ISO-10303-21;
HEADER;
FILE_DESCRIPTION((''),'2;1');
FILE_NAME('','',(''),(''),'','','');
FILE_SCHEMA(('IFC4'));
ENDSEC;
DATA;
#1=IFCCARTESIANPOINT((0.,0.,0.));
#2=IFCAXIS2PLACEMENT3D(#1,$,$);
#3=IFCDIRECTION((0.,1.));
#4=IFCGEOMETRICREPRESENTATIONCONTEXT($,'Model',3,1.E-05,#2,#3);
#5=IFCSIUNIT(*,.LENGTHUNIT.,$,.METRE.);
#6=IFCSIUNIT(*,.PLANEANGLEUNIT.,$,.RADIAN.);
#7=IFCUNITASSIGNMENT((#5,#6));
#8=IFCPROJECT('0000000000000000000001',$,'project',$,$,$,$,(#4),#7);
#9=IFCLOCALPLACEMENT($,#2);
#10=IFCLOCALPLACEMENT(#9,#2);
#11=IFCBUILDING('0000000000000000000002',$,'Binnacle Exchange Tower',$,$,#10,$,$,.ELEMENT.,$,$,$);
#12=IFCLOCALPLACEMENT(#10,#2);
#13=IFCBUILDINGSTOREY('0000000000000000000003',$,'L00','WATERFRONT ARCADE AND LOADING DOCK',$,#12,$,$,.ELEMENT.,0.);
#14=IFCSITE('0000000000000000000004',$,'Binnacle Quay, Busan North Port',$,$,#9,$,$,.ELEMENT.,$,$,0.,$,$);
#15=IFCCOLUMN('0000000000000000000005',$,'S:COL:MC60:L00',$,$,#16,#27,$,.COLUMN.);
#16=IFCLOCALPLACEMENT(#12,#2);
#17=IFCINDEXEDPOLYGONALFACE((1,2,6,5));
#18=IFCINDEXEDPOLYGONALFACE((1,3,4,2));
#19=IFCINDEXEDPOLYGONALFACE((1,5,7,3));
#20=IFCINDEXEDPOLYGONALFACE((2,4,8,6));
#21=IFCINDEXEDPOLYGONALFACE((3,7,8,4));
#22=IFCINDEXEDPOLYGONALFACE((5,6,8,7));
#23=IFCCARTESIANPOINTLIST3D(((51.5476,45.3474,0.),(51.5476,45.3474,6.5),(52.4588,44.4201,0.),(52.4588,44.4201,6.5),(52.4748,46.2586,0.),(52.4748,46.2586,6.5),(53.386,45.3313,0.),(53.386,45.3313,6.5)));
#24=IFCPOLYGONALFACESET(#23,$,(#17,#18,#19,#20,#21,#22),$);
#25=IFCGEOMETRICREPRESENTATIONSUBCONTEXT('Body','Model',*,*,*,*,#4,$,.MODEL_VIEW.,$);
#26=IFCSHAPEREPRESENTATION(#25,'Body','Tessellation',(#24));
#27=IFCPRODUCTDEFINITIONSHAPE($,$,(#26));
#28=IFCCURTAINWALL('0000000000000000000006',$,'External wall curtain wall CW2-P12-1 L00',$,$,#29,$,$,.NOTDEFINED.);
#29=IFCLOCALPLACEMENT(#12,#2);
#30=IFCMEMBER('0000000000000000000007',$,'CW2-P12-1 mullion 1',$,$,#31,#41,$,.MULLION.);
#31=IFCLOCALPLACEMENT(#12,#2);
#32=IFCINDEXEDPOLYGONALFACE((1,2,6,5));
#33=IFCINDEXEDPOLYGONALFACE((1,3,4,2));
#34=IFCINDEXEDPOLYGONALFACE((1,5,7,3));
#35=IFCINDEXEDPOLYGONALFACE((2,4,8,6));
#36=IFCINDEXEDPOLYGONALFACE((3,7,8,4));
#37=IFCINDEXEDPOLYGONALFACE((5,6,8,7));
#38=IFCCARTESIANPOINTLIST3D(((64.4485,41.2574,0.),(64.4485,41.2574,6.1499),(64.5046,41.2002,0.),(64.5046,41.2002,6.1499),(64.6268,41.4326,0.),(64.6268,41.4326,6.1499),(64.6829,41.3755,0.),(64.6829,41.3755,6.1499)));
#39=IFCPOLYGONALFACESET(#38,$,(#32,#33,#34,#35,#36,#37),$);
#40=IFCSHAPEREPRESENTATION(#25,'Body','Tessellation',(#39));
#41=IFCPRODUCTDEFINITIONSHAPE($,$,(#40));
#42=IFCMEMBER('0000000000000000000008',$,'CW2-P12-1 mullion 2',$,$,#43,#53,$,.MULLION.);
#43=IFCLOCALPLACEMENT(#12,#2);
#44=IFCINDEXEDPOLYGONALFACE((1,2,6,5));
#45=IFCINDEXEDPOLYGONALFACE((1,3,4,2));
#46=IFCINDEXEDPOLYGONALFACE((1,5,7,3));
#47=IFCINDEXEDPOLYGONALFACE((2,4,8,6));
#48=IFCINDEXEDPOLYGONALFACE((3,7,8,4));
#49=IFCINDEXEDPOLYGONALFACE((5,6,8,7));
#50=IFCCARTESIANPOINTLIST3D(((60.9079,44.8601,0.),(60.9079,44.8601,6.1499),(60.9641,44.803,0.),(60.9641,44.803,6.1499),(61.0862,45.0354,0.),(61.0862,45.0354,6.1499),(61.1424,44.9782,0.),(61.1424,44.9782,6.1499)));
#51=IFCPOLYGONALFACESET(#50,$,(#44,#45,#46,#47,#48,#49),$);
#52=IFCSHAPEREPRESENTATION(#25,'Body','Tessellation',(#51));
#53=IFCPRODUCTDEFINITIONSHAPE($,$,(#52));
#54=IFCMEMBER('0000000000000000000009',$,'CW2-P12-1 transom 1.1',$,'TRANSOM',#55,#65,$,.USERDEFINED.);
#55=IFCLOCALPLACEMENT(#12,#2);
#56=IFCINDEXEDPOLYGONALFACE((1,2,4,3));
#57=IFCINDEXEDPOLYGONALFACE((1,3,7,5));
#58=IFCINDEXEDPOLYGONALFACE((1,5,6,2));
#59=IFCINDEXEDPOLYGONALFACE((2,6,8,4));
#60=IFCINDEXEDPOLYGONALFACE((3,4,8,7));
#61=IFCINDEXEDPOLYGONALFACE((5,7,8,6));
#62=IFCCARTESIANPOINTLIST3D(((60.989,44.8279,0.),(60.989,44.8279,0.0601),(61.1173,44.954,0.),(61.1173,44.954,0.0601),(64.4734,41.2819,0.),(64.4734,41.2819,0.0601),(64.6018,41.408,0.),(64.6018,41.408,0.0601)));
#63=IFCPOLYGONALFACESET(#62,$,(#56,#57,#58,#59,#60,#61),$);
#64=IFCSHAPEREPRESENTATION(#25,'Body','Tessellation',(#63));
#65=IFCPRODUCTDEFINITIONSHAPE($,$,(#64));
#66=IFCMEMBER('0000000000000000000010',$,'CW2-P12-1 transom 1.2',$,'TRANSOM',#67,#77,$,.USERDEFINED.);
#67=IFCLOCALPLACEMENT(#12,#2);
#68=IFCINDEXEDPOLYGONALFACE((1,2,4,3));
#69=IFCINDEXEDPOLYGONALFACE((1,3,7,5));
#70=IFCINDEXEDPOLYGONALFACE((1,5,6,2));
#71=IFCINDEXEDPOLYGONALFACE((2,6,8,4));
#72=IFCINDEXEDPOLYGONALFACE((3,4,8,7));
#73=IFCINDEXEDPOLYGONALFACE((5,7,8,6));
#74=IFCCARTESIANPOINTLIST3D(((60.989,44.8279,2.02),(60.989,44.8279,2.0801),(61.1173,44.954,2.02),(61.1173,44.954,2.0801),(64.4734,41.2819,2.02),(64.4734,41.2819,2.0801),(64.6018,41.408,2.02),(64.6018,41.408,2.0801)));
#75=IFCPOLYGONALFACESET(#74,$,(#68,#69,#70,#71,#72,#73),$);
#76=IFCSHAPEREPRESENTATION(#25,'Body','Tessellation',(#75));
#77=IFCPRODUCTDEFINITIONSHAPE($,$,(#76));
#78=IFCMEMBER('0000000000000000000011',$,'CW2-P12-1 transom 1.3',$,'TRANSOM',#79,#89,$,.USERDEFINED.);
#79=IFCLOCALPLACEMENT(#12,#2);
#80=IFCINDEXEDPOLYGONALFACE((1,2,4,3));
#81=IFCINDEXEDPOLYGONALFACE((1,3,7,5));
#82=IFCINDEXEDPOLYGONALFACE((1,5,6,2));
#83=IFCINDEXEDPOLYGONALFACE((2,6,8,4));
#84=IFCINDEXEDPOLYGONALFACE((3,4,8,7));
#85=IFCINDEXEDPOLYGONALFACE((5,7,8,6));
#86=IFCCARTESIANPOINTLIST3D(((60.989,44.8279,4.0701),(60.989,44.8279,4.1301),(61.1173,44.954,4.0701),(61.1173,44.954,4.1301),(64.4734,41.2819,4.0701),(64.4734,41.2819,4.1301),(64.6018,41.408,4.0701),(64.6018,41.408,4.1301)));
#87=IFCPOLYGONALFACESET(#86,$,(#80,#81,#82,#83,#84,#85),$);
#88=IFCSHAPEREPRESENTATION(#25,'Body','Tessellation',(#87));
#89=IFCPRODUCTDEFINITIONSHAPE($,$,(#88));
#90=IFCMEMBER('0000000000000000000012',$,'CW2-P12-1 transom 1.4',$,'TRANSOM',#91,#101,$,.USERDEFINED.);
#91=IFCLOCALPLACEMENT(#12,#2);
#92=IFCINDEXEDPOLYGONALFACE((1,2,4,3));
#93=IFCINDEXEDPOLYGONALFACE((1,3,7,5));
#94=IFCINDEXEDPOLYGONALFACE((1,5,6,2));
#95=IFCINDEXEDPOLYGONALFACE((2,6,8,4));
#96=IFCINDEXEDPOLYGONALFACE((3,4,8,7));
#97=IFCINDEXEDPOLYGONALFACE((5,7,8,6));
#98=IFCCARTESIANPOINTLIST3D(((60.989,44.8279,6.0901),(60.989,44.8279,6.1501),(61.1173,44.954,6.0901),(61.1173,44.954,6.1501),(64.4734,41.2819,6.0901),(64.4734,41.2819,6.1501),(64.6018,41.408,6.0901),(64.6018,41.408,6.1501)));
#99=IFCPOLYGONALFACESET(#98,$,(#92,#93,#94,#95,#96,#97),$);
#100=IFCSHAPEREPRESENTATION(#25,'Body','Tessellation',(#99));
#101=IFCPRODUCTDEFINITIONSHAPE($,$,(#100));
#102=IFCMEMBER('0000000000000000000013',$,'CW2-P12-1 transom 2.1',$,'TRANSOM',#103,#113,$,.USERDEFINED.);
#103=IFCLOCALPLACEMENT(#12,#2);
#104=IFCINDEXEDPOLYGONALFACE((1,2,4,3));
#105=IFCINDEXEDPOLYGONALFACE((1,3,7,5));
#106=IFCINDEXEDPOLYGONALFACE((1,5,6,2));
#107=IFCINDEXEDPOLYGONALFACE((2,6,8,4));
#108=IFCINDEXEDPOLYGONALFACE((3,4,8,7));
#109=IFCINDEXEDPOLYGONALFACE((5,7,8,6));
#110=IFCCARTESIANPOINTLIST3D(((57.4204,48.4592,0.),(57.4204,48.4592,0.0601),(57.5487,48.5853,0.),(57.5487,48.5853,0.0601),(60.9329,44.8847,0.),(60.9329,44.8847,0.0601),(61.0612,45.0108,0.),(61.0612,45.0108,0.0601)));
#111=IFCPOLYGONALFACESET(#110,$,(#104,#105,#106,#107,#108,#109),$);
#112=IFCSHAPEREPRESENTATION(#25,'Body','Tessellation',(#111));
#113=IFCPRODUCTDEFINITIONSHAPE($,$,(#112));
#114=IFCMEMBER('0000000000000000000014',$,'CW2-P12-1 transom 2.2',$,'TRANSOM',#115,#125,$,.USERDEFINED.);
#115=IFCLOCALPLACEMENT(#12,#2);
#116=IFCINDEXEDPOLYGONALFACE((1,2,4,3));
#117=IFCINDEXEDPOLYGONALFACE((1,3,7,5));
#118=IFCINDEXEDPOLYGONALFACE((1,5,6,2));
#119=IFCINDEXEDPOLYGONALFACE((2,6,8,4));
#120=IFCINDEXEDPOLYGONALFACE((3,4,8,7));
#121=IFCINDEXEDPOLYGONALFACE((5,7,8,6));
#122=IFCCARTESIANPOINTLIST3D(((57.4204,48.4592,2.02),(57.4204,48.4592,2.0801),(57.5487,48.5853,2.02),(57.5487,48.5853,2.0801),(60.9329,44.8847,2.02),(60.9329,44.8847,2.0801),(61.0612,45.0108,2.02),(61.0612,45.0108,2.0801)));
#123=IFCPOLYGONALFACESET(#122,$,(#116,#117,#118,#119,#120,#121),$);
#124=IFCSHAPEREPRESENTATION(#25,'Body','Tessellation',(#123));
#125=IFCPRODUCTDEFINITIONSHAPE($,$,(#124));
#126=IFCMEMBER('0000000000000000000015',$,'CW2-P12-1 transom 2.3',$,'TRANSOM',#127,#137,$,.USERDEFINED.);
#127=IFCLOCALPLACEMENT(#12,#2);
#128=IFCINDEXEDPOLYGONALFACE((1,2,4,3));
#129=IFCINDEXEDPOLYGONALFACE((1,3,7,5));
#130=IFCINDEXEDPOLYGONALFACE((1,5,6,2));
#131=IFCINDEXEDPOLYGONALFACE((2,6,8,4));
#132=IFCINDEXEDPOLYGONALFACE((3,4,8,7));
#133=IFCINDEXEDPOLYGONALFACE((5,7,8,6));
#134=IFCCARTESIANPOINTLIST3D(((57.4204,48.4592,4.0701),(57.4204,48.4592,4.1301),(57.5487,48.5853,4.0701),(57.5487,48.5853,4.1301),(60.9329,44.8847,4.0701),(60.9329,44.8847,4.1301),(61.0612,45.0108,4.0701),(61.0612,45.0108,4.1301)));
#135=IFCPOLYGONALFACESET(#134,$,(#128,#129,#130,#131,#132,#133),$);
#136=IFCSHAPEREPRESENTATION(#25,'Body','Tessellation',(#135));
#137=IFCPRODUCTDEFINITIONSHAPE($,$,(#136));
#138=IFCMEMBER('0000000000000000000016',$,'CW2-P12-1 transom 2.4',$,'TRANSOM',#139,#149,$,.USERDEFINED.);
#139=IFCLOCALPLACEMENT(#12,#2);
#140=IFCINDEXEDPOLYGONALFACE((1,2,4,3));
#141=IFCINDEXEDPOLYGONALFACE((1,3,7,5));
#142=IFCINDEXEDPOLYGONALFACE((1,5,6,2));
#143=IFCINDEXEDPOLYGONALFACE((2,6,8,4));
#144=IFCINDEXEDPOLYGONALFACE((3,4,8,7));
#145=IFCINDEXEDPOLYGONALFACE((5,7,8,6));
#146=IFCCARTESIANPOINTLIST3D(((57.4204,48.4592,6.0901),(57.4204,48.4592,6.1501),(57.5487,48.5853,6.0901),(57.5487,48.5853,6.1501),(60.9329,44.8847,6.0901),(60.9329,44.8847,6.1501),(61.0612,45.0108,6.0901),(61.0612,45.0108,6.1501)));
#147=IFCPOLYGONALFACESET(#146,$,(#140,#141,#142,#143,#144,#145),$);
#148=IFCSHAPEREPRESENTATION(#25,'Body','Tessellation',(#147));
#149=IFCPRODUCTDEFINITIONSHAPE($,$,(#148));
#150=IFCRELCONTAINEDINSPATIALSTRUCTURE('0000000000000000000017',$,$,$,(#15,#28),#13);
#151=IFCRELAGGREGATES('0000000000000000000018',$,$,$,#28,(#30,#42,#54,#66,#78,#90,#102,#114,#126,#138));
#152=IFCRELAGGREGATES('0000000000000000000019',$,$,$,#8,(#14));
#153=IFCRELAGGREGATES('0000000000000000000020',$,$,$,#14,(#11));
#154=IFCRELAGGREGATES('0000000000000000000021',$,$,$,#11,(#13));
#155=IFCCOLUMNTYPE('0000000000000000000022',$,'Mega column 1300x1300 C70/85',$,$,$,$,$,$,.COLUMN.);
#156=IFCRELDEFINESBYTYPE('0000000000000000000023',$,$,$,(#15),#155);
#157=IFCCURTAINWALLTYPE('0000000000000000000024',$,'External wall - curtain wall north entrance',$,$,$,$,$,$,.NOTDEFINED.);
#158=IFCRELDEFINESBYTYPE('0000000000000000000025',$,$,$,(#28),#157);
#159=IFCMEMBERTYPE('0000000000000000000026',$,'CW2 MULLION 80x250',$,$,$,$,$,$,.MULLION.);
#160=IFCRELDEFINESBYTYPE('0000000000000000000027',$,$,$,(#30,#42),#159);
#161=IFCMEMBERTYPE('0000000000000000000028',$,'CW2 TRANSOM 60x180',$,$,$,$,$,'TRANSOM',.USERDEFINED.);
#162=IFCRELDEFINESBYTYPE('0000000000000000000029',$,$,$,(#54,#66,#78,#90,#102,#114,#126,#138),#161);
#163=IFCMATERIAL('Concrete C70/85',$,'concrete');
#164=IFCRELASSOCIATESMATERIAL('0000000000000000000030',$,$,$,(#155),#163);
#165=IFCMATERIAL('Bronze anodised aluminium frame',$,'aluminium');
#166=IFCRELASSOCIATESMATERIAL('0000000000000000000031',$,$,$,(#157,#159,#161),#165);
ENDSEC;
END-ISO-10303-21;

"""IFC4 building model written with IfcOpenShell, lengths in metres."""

from ifc_helpers import new_model, si_unit, direction, frame, origin, origin_2d, place, context, subcontext, project, spatial, rectangle, extrude, material, material_profile, profile_set, type_object, element, aggregate, save


model = new_model("IFC4")

# Units and contexts
model_context = context("Model", 3, precision=1e-05, world=origin(), true_north=direction((0.0, 1.0)))
body_context = subcontext(model_context, "Body", "Model", "MODEL_VIEW")
ifc_project = project(units=[si_unit("LENGTHUNIT", "METRE"), si_unit("PLANEANGLEUNIT", "RADIAN")], contexts=[model_context])

# Site, building, storey
site_placement = place(None, origin())
site = spatial("IfcSite", under=ifc_project, at=site_placement, Name="Binnacle Quay, Busan North Port", CompositionType="ELEMENT", RefElevation=0.0)
building_placement = place(site_placement, origin())
building = spatial("IfcBuilding", under=site, at=building_placement, Name="Binnacle Exchange Tower", CompositionType="ELEMENT")
storey_placement = place(building_placement, origin())
storey = spatial("IfcBuildingStorey", under=building, at=storey_placement, Name="L00", Description="WATERFRONT ARCADE AND LOADING DOCK", CompositionType="ELEMENT", Elevation=0.0)

# Column
ifc_material_1 = material(Name="Concrete C70/85", Category="concrete")
ifc_material_profile_1 = material_profile(ifc_material_1, rectangle(XDim=1.3, YDim=1.3, at=origin_2d()), Name="Mega column 1300x1300 C70/85")
ifc_profile_set_1 = profile_set([ifc_material_profile_1], Name="Concrete C70/85")
column_type = type_object("IfcColumnType", Name="Mega column 1300x1300 C70/85", PredefinedType="COLUMN", material=ifc_profile_set_1)
column_placement = place(storey_placement, frame((52.4668, 45.3394, 0.0), z_axis=(0.0, 0.0, 1.0), x_axis=(-0.700909, 0.71325, 0.0)))
element("IfcColumn", 1, at=column_placement, inside=storey, type_object=column_type, Name="S:COL:MC60:L00", PredefinedType="COLUMN", context=body_context, shape_type="SweptSolid", body=[
    extrude(rectangle(XDim=1.3, YDim=1.3, at=origin_2d()), origin(), (0.0, 0.0, 1.0), 6.5),
])

# Curtain wall, members
ifc_material_2 = material(Name="Bronze anodised aluminium frame", Category="aluminium")
curtain_wall_type = type_object("IfcCurtainWallType", Name="External wall - curtain wall north entrance", PredefinedType="NOTDEFINED", material=ifc_material_2)
curtain_wall_placement = place(storey_placement, origin())
curtain_wall = element("IfcCurtainWall", 2, at=curtain_wall_placement, inside=storey, type_object=curtain_wall_type, Name="External wall curtain wall CW2-P12-1 L00", PredefinedType="NOTDEFINED")
ifc_material_profile_2 = material_profile(ifc_material_2, rectangle(XDim=0.25, YDim=0.0801, at=origin_2d()), Name="AL 80x250")
ifc_profile_set_2 = profile_set([ifc_material_profile_2], Name="Bronze anodised aluminium frame")
member_type_1 = type_object("IfcMemberType", Name="CW2 MULLION 80x250", PredefinedType="MULLION", material=ifc_profile_set_2)
member_1_placement = place(storey_placement, frame((64.5657, 41.3164, 0.0), z_axis=(0.0, 0.0, 1.0), x_axis=(-0.71325, -0.700909, 0.0)))
member_1 = element("IfcMember", 3, at=member_1_placement, type_object=member_type_1, Name="CW2-P12-1 mullion 1", PredefinedType="MULLION", context=body_context, shape_type="SweptSolid", body=[
    extrude(rectangle(XDim=0.25, YDim=0.0801, at=origin_2d()), origin(), (0.0, 0.0, 1.0), 6.1499),
])
member_2_placement = place(storey_placement, frame((61.0251, 44.9192, 0.0), z_axis=(0.0, 0.0, 1.0), x_axis=(-0.71325, -0.700909, 0.0)))
member_2 = element("IfcMember", 4, at=member_2_placement, type_object=member_type_1, Name="CW2-P12-1 mullion 2", PredefinedType="MULLION", context=body_context, shape_type="SweptSolid", body=[
    extrude(rectangle(XDim=0.25, YDim=0.0801, at=origin_2d()), origin(), (0.0, 0.0, 1.0), 6.1499),
])
ifc_material_profile_3 = material_profile(ifc_material_2, rectangle(XDim=0.1799, YDim=0.0601, at=origin_2d()), Name="AL 180x60")
ifc_profile_set_3 = profile_set([ifc_material_profile_3], Name="Bronze anodised aluminium frame")
member_type_2 = type_object("IfcMemberType", Name="CW2 TRANSOM 60x180", ElementType="TRANSOM", PredefinedType="USERDEFINED", material=ifc_profile_set_3)
member_3_placement = place(storey_placement, frame((64.5376, 41.345, 0.03), z_axis=(-0.700892, 0.713268, 0.0), x_axis=(-0.713268, -0.700892, 0.0)))
member_3 = element("IfcMember", 5, at=member_3_placement, type_object=member_type_2, Name="CW2-P12-1 transom 1.1", ObjectType="TRANSOM", PredefinedType="USERDEFINED", context=body_context, shape_type="SweptSolid", body=[
    extrude(rectangle(XDim=0.1799, YDim=0.0601, at=origin_2d()), origin(), (0.0, 0.0, 1.0), 4.9714),
])
member_4_placement = place(storey_placement, frame((64.5376, 41.345, 2.05), z_axis=(-0.700892, 0.713268, 0.0), x_axis=(-0.713268, -0.700892, 0.0)))
member_4 = element("IfcMember", 6, at=member_4_placement, type_object=member_type_2, Name="CW2-P12-1 transom 1.2", ObjectType="TRANSOM", PredefinedType="USERDEFINED", context=body_context, shape_type="SweptSolid", body=[
    extrude(rectangle(XDim=0.1799, YDim=0.0601, at=origin_2d()), origin(), (0.0, 0.0, 1.0), 4.9714),
])
member_5_placement = place(storey_placement, frame((64.5376, 41.345, 4.1001), z_axis=(-0.700892, 0.713268, 0.0), x_axis=(-0.713268, -0.700892, 0.0)))
member_5 = element("IfcMember", 7, at=member_5_placement, type_object=member_type_2, Name="CW2-P12-1 transom 1.3", ObjectType="TRANSOM", PredefinedType="USERDEFINED", context=body_context, shape_type="SweptSolid", body=[
    extrude(rectangle(XDim=0.1799, YDim=0.0601, at=origin_2d()), origin(), (0.0, 0.0, 1.0), 4.9714),
])
member_6_placement = place(storey_placement, frame((64.5376, 41.345, 6.1201), z_axis=(-0.700892, 0.713268, 0.0), x_axis=(-0.713268, -0.700892, 0.0)))
member_6 = element("IfcMember", 8, at=member_6_placement, type_object=member_type_2, Name="CW2-P12-1 transom 1.4", ObjectType="TRANSOM", PredefinedType="USERDEFINED", context=body_context, shape_type="SweptSolid", body=[
    extrude(rectangle(XDim=0.1799, YDim=0.0601, at=origin_2d()), origin(), (0.0, 0.0, 1.0), 4.9714),
])
member_7_placement = place(storey_placement, frame((60.9971, 44.9478, 0.03), z_axis=(-0.700893, 0.713267, 0.0), x_axis=(-0.713267, -0.700893, 0.0)))
member_7 = element("IfcMember", 9, at=member_7_placement, type_object=member_type_2, Name="CW2-P12-1 transom 2.1", ObjectType="TRANSOM", PredefinedType="USERDEFINED", context=body_context, shape_type="SweptSolid", body=[
    extrude(rectangle(XDim=0.1799, YDim=0.0601, at=origin_2d()), origin(), (0.0, 0.0, 1.0), 5.0115),
])
member_8_placement = place(storey_placement, frame((60.9971, 44.9478, 2.05), z_axis=(-0.700893, 0.713267, 0.0), x_axis=(-0.713267, -0.700893, 0.0)))
member_8 = element("IfcMember", 10, at=member_8_placement, type_object=member_type_2, Name="CW2-P12-1 transom 2.2", ObjectType="TRANSOM", PredefinedType="USERDEFINED", context=body_context, shape_type="SweptSolid", body=[
    extrude(rectangle(XDim=0.1799, YDim=0.0601, at=origin_2d()), origin(), (0.0, 0.0, 1.0), 5.0115),
])
member_9_placement = place(storey_placement, frame((60.9971, 44.9478, 4.1001), z_axis=(-0.700893, 0.713267, 0.0), x_axis=(-0.713267, -0.700893, 0.0)))
member_9 = element("IfcMember", 11, at=member_9_placement, type_object=member_type_2, Name="CW2-P12-1 transom 2.3", ObjectType="TRANSOM", PredefinedType="USERDEFINED", context=body_context, shape_type="SweptSolid", body=[
    extrude(rectangle(XDim=0.1799, YDim=0.0601, at=origin_2d()), origin(), (0.0, 0.0, 1.0), 5.0115),
])
member_10_placement = place(storey_placement, frame((60.9971, 44.9478, 6.1201), z_axis=(-0.700893, 0.713267, 0.0), x_axis=(-0.713267, -0.700893, 0.0)))
member_10 = element("IfcMember", 12, at=member_10_placement, type_object=member_type_2, Name="CW2-P12-1 transom 2.4", ObjectType="TRANSOM", PredefinedType="USERDEFINED", context=body_context, shape_type="SweptSolid", body=[
    extrude(rectangle(XDim=0.1799, YDim=0.0601, at=origin_2d()), origin(), (0.0, 0.0, 1.0), 5.0115),
])

aggregate(curtain_wall, [member_1, member_2, member_3, member_4, member_5, member_6, member_7, member_8, member_9, member_10])

save(model, "model.ifc")
